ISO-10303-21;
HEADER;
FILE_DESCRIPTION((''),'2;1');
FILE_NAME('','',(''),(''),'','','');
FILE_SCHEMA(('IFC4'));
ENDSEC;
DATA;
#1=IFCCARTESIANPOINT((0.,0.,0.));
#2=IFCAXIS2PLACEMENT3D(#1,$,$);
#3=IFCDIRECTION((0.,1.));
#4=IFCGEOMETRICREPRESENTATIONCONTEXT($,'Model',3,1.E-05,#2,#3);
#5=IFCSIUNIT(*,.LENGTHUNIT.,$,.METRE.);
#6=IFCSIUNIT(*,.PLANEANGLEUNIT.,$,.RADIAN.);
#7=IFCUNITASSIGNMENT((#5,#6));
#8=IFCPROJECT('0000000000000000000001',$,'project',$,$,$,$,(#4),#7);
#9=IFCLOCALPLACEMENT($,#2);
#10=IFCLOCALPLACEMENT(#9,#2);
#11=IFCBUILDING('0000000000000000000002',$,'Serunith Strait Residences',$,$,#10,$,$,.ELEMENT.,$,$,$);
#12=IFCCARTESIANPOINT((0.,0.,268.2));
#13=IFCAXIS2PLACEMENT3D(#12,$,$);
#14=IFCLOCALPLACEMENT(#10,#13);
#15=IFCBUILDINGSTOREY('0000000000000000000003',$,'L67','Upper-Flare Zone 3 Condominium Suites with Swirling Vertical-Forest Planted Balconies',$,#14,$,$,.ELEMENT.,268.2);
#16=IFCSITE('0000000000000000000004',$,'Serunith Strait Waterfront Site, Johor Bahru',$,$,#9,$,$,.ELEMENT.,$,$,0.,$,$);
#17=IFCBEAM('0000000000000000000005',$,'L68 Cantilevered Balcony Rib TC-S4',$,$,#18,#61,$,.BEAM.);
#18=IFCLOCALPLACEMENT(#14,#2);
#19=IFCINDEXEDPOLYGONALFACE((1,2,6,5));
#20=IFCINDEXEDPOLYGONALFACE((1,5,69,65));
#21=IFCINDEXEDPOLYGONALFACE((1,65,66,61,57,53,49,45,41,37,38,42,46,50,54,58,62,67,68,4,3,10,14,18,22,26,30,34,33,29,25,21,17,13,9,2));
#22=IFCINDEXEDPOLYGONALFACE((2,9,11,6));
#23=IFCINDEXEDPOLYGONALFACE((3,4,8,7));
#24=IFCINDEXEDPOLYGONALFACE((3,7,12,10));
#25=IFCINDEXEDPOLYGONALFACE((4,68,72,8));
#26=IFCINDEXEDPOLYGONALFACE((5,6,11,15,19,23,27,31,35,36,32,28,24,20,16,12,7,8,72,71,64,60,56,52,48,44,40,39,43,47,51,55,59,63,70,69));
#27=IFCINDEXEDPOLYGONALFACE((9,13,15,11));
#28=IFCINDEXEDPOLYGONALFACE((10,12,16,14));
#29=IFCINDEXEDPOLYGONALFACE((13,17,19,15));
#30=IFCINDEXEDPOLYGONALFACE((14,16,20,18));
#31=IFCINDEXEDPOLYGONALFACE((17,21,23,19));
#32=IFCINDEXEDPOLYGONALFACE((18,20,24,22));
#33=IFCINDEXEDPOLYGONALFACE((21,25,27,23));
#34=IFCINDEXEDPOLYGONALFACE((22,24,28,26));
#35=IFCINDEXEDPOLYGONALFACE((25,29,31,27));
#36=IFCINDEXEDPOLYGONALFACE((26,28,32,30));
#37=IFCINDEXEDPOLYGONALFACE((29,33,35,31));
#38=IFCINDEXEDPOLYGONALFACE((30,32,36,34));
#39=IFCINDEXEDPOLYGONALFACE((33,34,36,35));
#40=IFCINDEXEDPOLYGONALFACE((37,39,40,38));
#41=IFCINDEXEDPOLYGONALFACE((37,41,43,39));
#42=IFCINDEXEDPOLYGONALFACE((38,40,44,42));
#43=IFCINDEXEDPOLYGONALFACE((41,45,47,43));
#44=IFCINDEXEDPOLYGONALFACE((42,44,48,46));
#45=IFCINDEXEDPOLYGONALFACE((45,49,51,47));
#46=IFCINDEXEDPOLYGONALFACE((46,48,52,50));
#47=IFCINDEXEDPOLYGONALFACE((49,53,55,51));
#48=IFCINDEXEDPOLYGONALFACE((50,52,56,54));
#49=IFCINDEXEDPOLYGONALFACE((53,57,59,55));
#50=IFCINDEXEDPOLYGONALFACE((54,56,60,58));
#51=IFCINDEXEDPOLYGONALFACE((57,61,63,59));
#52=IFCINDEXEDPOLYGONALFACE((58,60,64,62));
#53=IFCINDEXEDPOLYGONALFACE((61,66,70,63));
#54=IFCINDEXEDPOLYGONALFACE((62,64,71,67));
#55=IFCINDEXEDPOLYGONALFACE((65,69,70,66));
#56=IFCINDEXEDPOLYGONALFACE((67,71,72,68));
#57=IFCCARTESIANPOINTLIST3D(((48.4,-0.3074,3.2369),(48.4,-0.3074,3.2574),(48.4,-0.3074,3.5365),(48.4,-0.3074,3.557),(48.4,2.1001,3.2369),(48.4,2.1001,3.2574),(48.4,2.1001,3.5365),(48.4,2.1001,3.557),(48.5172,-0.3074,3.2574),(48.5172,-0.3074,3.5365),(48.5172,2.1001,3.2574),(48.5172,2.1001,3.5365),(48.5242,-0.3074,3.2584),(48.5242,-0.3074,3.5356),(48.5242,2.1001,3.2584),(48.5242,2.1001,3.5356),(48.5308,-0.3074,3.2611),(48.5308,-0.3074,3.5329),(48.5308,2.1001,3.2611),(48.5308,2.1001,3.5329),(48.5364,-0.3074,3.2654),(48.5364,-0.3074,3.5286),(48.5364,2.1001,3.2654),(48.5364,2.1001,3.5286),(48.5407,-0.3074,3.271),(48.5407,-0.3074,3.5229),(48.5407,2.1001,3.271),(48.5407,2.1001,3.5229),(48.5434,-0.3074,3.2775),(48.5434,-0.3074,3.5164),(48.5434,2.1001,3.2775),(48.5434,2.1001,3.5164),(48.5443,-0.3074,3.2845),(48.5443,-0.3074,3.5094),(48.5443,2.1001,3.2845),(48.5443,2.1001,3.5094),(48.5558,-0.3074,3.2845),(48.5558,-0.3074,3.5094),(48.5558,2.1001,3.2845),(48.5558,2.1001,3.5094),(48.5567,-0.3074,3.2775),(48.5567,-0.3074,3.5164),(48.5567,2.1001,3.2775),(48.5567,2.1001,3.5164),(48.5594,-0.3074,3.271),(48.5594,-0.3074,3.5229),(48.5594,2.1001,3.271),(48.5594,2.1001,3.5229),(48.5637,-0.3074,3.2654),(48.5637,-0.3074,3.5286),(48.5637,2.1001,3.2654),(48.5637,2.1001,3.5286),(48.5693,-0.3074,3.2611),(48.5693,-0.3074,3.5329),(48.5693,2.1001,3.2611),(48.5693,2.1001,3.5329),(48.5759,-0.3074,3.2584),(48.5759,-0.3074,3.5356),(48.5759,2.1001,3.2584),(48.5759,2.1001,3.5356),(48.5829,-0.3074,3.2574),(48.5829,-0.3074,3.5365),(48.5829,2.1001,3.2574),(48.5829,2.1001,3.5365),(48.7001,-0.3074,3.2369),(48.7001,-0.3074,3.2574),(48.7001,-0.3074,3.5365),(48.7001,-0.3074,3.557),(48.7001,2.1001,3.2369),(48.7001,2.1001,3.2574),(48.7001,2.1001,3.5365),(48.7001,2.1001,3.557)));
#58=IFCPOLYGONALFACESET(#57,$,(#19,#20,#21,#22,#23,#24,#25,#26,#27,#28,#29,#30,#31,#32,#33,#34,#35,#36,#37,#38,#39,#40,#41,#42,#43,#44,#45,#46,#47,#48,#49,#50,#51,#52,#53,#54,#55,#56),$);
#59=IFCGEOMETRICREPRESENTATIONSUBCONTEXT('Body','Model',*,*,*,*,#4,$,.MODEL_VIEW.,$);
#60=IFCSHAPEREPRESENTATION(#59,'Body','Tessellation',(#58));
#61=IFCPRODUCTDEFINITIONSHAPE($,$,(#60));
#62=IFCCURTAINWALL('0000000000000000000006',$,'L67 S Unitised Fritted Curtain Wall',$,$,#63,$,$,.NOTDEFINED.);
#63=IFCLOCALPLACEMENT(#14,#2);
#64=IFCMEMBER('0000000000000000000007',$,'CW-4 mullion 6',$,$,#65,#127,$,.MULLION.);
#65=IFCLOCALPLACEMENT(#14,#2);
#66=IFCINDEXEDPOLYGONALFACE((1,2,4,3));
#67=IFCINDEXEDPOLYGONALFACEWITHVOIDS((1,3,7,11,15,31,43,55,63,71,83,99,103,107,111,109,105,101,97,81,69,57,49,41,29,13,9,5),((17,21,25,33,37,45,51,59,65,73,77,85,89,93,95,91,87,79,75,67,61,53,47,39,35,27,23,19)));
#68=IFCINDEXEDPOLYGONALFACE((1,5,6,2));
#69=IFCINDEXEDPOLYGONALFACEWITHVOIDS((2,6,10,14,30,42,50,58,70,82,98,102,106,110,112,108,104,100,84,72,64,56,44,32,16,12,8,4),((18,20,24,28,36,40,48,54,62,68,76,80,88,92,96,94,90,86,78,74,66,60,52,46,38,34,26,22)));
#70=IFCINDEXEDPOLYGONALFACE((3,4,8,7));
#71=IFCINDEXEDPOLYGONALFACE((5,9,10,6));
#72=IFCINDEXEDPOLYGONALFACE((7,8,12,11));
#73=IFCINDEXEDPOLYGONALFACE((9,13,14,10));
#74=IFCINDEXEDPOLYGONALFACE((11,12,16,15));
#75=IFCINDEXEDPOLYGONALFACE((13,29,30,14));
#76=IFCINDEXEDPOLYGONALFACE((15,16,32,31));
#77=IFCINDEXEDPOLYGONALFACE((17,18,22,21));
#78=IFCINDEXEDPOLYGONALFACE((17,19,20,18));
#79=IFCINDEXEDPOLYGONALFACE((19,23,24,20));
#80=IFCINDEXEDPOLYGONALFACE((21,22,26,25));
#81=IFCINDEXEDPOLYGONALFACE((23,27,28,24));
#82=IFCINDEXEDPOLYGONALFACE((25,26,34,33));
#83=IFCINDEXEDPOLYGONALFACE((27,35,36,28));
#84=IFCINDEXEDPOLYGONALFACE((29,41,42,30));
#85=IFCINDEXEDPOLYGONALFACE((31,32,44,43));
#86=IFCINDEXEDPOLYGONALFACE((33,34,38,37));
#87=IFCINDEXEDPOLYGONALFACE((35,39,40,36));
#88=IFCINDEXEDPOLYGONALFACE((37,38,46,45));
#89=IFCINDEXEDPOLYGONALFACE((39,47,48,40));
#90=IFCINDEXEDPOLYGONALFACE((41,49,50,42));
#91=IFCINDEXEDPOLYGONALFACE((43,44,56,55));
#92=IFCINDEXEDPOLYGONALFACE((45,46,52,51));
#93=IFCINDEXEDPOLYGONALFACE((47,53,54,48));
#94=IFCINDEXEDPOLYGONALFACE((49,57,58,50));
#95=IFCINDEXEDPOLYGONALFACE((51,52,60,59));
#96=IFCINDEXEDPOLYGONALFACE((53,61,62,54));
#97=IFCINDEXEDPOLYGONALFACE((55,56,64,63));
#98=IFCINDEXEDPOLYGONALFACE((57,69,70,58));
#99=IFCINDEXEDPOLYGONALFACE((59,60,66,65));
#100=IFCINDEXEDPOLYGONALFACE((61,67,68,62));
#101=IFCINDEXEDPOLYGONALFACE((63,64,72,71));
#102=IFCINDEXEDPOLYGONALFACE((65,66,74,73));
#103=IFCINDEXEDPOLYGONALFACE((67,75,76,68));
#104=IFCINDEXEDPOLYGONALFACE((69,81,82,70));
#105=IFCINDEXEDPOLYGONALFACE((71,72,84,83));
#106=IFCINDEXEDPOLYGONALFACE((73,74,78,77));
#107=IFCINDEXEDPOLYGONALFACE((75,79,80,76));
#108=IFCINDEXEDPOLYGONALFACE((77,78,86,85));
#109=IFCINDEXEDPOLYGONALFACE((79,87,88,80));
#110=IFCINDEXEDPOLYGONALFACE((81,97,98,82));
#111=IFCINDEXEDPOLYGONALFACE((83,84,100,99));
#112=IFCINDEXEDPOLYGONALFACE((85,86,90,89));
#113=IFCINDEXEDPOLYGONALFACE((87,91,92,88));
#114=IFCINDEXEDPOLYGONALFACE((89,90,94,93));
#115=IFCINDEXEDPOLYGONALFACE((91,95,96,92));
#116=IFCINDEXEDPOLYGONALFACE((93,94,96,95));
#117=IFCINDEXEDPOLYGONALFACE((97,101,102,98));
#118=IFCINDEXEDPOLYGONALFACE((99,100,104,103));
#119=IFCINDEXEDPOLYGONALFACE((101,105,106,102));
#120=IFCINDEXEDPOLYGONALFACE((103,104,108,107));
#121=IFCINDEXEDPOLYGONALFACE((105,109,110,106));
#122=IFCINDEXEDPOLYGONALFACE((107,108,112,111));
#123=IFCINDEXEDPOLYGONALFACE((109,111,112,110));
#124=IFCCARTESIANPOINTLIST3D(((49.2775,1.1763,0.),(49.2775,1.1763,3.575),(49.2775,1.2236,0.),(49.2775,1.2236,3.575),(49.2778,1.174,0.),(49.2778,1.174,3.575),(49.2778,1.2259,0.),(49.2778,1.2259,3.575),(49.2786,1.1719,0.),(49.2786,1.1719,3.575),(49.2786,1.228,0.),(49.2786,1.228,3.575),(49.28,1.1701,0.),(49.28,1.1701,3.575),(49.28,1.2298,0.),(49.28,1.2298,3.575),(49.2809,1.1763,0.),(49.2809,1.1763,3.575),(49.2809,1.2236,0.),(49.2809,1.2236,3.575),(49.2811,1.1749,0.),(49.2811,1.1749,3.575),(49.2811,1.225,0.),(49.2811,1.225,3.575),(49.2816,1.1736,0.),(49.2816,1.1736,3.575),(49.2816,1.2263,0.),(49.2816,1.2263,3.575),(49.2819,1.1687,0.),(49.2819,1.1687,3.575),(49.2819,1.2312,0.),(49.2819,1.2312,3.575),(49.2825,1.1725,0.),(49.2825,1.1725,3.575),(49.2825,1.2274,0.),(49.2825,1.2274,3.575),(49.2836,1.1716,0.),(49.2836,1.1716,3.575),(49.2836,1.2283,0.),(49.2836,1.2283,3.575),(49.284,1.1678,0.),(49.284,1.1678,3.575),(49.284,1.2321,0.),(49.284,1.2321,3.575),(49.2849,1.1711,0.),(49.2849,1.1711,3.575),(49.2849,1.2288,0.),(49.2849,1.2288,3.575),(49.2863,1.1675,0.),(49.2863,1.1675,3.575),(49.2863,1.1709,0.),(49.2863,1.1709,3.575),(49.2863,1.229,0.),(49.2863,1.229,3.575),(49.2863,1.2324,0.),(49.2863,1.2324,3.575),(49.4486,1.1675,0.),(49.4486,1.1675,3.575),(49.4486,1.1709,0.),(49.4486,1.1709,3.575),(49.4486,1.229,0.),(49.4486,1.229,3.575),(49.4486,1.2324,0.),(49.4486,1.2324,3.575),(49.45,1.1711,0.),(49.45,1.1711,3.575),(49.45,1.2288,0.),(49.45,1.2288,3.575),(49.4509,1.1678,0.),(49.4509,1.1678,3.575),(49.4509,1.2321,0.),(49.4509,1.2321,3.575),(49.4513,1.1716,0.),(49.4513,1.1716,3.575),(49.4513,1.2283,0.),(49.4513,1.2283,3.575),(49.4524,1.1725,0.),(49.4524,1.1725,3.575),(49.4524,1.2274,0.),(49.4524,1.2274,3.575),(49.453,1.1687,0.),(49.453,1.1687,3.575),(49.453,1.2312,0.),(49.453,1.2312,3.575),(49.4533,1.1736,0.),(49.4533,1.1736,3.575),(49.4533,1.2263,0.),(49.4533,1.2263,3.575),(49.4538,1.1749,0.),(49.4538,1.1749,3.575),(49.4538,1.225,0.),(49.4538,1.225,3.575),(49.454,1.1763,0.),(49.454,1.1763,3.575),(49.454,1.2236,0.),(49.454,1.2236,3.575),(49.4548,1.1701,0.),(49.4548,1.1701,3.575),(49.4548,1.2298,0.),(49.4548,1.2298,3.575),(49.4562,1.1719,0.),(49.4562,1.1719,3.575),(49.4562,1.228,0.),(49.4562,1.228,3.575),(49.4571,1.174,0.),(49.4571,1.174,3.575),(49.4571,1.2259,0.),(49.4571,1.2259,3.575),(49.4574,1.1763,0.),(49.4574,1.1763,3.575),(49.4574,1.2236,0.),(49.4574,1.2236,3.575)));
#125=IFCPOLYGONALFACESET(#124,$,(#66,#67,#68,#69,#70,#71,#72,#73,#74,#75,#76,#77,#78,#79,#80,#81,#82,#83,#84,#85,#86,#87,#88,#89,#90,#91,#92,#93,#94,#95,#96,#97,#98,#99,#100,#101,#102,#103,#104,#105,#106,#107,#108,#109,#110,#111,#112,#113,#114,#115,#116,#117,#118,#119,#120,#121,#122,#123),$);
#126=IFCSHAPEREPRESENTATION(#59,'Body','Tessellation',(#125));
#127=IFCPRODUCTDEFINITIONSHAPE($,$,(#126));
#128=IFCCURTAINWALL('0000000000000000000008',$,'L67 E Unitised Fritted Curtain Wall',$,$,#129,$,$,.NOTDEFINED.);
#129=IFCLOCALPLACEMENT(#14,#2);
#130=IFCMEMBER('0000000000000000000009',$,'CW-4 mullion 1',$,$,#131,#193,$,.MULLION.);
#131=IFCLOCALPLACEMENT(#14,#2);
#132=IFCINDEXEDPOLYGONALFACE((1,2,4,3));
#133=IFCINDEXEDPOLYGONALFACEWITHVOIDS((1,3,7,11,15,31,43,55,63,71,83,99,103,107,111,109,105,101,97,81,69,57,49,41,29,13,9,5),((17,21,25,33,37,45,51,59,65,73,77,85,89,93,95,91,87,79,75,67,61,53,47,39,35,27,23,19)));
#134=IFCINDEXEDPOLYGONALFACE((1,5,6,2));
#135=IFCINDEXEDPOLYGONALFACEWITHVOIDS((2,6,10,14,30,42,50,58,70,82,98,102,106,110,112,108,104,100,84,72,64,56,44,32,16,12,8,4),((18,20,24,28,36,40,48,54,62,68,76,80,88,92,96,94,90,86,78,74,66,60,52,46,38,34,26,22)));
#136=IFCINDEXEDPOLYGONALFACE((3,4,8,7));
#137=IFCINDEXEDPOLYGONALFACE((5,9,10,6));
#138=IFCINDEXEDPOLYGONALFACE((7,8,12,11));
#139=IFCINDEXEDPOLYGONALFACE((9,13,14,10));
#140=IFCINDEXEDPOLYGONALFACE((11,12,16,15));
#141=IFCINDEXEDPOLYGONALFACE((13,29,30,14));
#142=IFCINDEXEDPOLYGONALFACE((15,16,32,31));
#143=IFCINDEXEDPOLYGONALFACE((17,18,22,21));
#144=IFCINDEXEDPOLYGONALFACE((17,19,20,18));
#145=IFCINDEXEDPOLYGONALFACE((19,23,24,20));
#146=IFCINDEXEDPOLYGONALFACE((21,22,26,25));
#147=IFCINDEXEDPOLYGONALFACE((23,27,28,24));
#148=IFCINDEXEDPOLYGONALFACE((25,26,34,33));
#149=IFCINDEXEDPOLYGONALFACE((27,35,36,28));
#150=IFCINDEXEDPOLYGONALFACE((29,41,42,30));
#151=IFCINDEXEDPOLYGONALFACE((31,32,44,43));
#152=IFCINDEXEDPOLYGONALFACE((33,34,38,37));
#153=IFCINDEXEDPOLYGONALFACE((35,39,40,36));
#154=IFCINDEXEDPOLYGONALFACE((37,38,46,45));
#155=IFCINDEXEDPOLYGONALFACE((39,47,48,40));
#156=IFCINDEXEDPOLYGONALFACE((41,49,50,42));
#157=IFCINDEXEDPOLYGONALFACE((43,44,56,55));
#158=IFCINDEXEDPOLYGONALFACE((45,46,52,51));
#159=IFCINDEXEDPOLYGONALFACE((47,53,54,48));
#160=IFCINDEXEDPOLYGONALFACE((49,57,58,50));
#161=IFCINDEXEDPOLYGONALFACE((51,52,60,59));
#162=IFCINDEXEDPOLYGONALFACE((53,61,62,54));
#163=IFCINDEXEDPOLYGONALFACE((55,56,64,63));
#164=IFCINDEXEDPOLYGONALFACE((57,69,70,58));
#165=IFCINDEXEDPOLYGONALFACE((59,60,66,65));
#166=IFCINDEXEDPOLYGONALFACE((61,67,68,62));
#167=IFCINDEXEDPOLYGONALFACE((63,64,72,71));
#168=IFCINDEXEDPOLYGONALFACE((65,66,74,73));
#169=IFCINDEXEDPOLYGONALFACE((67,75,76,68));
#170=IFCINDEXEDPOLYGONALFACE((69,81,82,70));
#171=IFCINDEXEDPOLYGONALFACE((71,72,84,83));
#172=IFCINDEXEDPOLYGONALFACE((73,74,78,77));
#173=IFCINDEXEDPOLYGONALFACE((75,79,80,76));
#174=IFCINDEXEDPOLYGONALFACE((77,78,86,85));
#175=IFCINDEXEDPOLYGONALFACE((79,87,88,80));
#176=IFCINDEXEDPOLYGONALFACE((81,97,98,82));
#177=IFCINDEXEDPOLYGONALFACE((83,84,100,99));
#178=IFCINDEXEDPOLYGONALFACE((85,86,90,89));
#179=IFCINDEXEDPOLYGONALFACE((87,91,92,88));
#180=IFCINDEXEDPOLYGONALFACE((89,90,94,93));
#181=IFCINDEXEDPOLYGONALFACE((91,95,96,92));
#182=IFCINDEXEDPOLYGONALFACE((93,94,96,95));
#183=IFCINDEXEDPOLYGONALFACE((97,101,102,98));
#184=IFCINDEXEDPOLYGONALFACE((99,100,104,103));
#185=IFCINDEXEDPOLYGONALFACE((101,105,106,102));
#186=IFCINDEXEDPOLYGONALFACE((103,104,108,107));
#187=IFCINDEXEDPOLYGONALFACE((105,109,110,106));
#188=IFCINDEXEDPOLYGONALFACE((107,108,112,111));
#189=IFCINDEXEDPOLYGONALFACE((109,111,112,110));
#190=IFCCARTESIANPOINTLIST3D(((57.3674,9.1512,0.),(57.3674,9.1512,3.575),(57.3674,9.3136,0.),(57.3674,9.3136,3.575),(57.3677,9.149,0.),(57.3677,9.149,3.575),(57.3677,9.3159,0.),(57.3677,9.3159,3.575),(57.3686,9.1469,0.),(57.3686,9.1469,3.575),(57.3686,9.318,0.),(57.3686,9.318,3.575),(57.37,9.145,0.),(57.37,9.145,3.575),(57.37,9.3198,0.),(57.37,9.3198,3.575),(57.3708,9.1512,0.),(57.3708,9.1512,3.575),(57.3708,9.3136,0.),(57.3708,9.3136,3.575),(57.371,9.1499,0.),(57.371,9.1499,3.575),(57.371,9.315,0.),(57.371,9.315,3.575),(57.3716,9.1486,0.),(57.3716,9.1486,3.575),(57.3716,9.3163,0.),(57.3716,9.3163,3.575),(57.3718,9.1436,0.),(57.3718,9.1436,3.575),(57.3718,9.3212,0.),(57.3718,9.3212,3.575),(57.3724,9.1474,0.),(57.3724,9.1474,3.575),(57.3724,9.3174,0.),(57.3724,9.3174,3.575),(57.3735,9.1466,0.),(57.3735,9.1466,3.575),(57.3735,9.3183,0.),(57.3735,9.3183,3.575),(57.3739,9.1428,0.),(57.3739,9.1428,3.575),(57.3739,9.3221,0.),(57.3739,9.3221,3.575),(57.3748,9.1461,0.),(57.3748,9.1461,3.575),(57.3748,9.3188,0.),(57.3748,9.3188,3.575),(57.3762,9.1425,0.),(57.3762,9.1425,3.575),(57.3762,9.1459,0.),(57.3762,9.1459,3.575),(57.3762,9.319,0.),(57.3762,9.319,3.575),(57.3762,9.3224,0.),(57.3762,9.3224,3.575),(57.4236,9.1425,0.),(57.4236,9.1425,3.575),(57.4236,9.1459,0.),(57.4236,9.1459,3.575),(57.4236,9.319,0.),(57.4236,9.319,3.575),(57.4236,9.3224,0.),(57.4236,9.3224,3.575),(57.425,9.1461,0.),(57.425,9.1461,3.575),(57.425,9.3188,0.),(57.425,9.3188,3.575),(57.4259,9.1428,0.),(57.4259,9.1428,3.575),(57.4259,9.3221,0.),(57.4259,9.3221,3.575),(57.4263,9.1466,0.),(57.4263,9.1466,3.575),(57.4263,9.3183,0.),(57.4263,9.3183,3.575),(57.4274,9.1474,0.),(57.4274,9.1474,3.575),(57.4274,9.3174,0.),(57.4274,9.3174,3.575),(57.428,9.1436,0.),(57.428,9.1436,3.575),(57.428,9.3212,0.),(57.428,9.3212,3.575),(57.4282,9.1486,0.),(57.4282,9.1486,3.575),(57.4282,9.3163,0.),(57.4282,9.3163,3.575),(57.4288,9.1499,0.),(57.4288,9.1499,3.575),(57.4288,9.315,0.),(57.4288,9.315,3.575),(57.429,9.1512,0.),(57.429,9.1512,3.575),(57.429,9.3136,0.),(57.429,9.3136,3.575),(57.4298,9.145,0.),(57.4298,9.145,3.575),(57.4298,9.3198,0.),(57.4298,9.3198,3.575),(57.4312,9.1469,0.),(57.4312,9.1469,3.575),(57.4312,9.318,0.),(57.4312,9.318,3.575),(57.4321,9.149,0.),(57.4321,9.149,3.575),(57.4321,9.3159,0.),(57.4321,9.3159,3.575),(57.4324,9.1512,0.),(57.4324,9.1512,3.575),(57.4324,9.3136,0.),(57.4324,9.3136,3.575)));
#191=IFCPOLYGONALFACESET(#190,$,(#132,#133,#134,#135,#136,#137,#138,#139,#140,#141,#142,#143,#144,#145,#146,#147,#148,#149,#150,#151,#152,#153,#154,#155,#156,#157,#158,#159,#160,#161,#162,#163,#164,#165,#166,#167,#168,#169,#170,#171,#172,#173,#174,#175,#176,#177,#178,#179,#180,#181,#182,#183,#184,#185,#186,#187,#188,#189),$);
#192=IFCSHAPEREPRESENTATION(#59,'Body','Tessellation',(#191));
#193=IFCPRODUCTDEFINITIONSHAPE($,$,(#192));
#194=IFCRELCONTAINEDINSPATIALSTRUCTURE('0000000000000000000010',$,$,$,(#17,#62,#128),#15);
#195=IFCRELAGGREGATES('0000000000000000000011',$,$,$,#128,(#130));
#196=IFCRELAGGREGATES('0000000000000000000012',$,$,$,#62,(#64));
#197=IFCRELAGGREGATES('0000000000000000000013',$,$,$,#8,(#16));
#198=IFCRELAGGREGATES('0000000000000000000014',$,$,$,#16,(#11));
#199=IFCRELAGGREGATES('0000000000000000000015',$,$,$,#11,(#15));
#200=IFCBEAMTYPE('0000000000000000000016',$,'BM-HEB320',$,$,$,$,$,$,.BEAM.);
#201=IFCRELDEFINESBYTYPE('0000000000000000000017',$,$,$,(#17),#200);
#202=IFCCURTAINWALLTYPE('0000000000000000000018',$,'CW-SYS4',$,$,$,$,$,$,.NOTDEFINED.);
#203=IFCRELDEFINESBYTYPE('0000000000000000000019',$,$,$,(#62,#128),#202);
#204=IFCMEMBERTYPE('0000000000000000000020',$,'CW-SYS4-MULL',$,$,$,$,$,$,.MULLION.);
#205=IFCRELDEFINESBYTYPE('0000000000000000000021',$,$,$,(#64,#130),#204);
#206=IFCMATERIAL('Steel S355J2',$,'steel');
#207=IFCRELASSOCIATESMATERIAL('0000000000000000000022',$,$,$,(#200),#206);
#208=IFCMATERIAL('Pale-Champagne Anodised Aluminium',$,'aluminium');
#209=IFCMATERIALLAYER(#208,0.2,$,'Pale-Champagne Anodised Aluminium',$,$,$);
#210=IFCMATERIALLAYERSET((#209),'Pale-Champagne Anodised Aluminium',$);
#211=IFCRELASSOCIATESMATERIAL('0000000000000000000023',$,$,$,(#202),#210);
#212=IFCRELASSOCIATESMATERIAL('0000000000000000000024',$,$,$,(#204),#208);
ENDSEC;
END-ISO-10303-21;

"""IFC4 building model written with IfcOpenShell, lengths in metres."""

from ifc_helpers import new_model, si_unit, direction, frame, origin, origin_2d, place, context, subcontext, project, spatial, hollow_rectangle, i_section, extrude, source, transform, mapped, material, layer, layer_set, material_profile, profile_set, type_object, element, aggregate, save


model = new_model("IFC4")

# Units and contexts
model_context = context("Model", 3, precision=1e-05, world=origin(), true_north=direction((0.0, 1.0)))
body_context = subcontext(model_context, "Body", "Model", "MODEL_VIEW")
ifc_project = project(units=[si_unit("LENGTHUNIT", "METRE"), si_unit("PLANEANGLEUNIT", "RADIAN")], contexts=[model_context])

# Site, building, storey
site_placement = place(None, origin())
site = spatial("IfcSite", under=ifc_project, at=site_placement, Name="Serunith Strait Waterfront Site, Johor Bahru", CompositionType="ELEMENT", RefElevation=0.0)
building_placement = place(site_placement, origin())
building = spatial("IfcBuilding", under=site, at=building_placement, Name="Serunith Strait Residences", CompositionType="ELEMENT")
storey_placement = place(building_placement, frame((0.0, 0.0, 268.2)))
storey = spatial("IfcBuildingStorey", under=building, at=storey_placement, Name="L67", Description="Upper-Flare Zone 3 Condominium Suites with Swirling Vertical-Forest Planted Balconies", CompositionType="ELEMENT", Elevation=268.2)

# Beam
ifc_material_1 = material(Name="Steel S355J2", Category="steel")
ifc_material_profile_1 = material_profile(ifc_material_1, i_section(OverallWidth=0.3, OverallDepth=0.3201, WebThickness=0.0115, FlangeThickness=0.0205, FilletRadius=0.0271, at=origin_2d()), Name="HEB 320")
ifc_profile_set_1 = profile_set([ifc_material_profile_1], Name="Steel S355J2")
beam_type_1 = type_object("IfcBeamType", Name="BM-HEB320", PredefinedType="BEAM", material=ifc_profile_set_1)
shared_shape_1 = source(origin(), body_context, "Body", "SweptSolid", [
    extrude(i_section(OverallWidth=0.3, OverallDepth=0.3201, WebThickness=0.0115, FlangeThickness=0.0205, FilletRadius=0.0271, at=origin_2d()), origin(), (0.0, 0.0, 1.0), 2.4075),
])
beam_1_placement = place(storey_placement, frame((48.55, 2.1001, 3.397), z_axis=(0.0, -1.0, 0.0), x_axis=(1.0, 0.0, 0.0)))
element("IfcBeam", 1, at=beam_1_placement, inside=storey, type_object=beam_type_1, Name="L68 Cantilevered Balcony Rib TC-S4", PredefinedType="BEAM", context=body_context, shape_type="MappedRepresentation", body=[
    mapped(shared_shape_1, transform((0.0, 0.0, 0.0), scale=1.0)),
])

# Curtain wall, member
ifc_material_2 = material(Name="Pale-Champagne Anodised Aluminium", Category="aluminium")
ifc_layer_1 = layer(ifc_material_2, 0.2, Name="Pale-Champagne Anodised Aluminium")
ifc_layer_set_1 = layer_set([ifc_layer_1], Name="Pale-Champagne Anodised Aluminium")
curtain_wall_type = type_object("IfcCurtainWallType", Name="CW-SYS4", PredefinedType="NOTDEFINED", material=ifc_layer_set_1)
curtain_wall_1_placement = place(storey_placement, origin())
curtain_wall_1 = element("IfcCurtainWall", 2, at=curtain_wall_1_placement, inside=storey, type_object=curtain_wall_type, Name="L67 S Unitised Fritted Curtain Wall", PredefinedType="NOTDEFINED")
ifc_material_profile_2 = material_profile(ifc_material_2, hollow_rectangle(XDim=0.0649, YDim=0.1799, WallThickness=0.0034, InnerFilletRadius=0.0054, OuterFilletRadius=0.0088, at=origin_2d()), Name="ALU 180x65x3.5")
ifc_profile_set_2 = profile_set([ifc_material_profile_2], Name="Pale-Champagne Anodised Aluminium")
member_type_1 = type_object("IfcMemberType", Name="CW-SYS4-MULL", PredefinedType="MULLION", material=ifc_profile_set_2)
shared_shape_2 = source(origin(), body_context, "Body", "SweptSolid", [
    extrude(hollow_rectangle(XDim=0.0649, YDim=0.1799, WallThickness=0.0034, InnerFilletRadius=0.0054, OuterFilletRadius=0.0088, at=origin_2d()), origin(), (0.0, 0.0, 1.0), 3.575),
])
member_1_placement = place(storey_placement, frame((49.3674, 1.2, 0.0), z_axis=(0.0, 0.0, 1.0), x_axis=(0.0, 1.0, 0.0)))
member_1 = element("IfcMember", 3, at=member_1_placement, type_object=member_type_1, Name="CW-4 mullion 6", PredefinedType="MULLION", context=body_context, shape_type="MappedRepresentation", body=[
    mapped(shared_shape_2, transform((0.0, 0.0, 0.0), scale=1.0)),
])

# Curtain wall, member
curtain_wall_2_placement = place(storey_placement, origin())
curtain_wall_2 = element("IfcCurtainWall", 4, at=curtain_wall_2_placement, inside=storey, type_object=curtain_wall_type, Name="L67 E Unitised Fritted Curtain Wall", PredefinedType="NOTDEFINED")
member_2_placement = place(storey_placement, frame((57.3999, 9.2324, 0.0), z_axis=(0.0, 0.0, 1.0), x_axis=(-1.0, 0.0, 0.0)))
member_2 = element("IfcMember", 5, at=member_2_placement, type_object=member_type_1, Name="CW-4 mullion 1", PredefinedType="MULLION", context=body_context, shape_type="MappedRepresentation", body=[
    mapped(shared_shape_2, transform((0.0, 0.0, 0.0), scale=1.0)),
])
aggregate(curtain_wall_2, [member_2])

aggregate(curtain_wall_1, [member_1])

save(model, "model.ifc")
